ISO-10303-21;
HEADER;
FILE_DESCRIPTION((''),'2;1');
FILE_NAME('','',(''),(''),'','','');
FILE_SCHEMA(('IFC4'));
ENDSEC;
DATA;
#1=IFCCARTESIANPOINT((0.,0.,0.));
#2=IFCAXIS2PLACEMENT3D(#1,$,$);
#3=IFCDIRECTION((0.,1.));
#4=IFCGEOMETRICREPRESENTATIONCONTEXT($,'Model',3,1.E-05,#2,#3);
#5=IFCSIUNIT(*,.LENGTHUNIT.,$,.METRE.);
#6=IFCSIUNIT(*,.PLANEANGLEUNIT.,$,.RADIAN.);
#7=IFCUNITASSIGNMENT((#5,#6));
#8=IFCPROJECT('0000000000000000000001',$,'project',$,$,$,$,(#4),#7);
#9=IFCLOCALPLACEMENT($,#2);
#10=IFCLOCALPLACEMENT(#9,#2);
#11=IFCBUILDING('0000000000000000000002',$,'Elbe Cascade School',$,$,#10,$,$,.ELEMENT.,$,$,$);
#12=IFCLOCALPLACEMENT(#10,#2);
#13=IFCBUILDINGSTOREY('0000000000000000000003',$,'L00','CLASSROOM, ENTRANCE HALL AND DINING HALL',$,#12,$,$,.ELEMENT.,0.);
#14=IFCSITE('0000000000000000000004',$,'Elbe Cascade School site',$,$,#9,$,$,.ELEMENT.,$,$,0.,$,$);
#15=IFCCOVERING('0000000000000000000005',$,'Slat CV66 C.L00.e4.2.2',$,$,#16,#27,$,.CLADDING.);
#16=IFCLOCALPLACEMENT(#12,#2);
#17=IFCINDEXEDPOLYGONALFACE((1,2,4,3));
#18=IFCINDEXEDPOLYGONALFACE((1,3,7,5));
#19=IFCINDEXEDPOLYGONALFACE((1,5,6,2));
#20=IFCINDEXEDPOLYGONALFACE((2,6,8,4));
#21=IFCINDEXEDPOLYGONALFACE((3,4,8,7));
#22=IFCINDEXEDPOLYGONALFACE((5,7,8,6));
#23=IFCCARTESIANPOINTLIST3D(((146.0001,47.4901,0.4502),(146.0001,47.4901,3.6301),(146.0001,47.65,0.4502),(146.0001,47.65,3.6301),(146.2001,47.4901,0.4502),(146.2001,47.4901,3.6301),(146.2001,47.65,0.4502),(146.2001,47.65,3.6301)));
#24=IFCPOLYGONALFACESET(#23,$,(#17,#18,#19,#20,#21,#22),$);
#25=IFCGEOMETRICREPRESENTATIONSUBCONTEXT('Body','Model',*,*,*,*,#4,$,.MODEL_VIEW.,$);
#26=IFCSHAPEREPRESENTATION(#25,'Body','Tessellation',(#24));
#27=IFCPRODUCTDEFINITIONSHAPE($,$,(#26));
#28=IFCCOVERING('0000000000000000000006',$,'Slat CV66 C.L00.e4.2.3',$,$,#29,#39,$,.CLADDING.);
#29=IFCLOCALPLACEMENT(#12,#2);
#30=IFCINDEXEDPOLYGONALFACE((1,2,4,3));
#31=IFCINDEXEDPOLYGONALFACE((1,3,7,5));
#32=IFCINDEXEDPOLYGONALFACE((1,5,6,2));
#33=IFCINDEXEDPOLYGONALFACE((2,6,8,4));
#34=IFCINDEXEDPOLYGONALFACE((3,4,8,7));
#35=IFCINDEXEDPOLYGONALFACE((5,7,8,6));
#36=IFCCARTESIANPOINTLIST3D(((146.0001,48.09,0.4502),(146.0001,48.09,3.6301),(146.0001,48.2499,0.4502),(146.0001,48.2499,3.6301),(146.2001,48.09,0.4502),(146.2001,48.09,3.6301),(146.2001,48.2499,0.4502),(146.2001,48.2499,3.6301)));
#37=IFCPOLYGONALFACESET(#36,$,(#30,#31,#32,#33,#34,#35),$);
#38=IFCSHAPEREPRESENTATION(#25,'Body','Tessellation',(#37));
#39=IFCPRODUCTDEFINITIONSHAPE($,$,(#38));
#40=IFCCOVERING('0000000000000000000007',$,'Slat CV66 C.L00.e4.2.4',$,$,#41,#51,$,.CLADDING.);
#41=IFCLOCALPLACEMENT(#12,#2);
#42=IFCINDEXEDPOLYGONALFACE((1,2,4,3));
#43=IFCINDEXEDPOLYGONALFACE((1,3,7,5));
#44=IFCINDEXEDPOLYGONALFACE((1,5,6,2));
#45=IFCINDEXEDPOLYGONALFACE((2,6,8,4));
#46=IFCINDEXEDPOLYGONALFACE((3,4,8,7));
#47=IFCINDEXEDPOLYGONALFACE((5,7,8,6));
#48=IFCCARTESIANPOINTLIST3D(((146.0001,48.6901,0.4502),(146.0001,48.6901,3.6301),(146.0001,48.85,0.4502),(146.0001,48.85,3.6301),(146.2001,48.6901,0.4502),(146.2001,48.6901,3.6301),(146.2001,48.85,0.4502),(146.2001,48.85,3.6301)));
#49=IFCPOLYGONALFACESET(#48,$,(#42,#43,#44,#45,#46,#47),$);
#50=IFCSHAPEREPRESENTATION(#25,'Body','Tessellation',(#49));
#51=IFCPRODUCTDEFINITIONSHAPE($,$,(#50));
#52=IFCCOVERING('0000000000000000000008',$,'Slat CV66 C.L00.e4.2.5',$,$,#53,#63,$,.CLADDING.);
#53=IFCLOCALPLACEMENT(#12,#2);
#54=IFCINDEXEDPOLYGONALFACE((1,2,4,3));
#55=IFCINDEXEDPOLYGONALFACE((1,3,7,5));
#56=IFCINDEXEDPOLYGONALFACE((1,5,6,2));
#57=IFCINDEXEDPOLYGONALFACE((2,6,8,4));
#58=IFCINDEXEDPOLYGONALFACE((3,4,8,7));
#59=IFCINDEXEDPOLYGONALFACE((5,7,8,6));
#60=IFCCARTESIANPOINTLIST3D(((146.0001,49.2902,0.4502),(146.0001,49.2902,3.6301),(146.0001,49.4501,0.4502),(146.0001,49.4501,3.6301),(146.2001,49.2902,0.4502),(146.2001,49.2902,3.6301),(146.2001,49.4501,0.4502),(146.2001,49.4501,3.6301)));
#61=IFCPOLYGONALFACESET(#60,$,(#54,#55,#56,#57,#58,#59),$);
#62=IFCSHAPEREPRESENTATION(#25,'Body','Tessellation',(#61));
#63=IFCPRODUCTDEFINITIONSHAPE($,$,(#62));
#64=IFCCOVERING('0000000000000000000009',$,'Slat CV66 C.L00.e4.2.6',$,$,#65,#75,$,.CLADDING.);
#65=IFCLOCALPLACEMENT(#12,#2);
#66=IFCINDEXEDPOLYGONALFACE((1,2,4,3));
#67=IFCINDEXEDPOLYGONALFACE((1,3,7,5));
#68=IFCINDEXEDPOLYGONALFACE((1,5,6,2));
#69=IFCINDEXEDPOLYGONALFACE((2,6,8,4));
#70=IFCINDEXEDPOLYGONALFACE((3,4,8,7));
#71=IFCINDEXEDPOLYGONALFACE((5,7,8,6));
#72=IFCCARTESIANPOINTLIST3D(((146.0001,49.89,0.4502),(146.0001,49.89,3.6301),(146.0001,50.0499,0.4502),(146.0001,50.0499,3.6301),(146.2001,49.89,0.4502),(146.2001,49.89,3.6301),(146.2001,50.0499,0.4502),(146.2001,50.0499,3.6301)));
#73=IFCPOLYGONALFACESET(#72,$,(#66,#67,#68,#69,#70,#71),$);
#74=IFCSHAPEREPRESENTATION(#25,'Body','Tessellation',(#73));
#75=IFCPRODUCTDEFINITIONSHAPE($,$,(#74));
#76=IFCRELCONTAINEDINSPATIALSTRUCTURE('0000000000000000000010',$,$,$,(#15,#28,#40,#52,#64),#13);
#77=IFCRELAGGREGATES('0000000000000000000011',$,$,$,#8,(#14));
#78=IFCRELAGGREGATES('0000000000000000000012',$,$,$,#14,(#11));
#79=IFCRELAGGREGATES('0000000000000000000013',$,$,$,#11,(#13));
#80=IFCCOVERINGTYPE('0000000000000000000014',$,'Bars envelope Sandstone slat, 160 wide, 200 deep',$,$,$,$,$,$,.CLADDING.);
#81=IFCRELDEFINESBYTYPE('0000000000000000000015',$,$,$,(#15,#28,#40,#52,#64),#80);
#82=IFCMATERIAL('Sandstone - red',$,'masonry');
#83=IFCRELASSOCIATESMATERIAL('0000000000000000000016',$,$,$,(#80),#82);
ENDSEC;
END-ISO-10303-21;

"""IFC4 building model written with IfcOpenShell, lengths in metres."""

from ifc_helpers import new_model, si_unit, direction, frame, origin, origin_2d, place, context, subcontext, project, spatial, rectangle, extrude, material, type_object, element, save


model = new_model("IFC4")

# Units and contexts
model_context = context("Model", 3, precision=1e-05, world=origin(), true_north=direction((0.0, 1.0)))
body_context = subcontext(model_context, "Body", "Model", "MODEL_VIEW")
ifc_project = project(units=[si_unit("LENGTHUNIT", "METRE"), si_unit("PLANEANGLEUNIT", "RADIAN")], contexts=[model_context])

# Site, building, storey
site_placement = place(None, origin())
site = spatial("IfcSite", under=ifc_project, at=site_placement, Name="Elbe Cascade School site", CompositionType="ELEMENT", RefElevation=0.0)
building_placement = place(site_placement, origin())
building = spatial("IfcBuilding", under=site, at=building_placement, Name="Elbe Cascade School", CompositionType="ELEMENT")
storey_placement = place(building_placement, origin())
storey = spatial("IfcBuildingStorey", under=building, at=storey_placement, Name="L00", Description="CLASSROOM, ENTRANCE HALL AND DINING HALL", CompositionType="ELEMENT", Elevation=0.0)

# Coverings
ifc_material_1 = material(Name="Sandstone - red", Category="masonry")
covering_type_1 = type_object("IfcCoveringType", Name="Bars envelope Sandstone slat, 160 wide, 200 deep", PredefinedType="CLADDING", material=ifc_material_1)
for number, where, z_axis, x_axis, name in (
    (1, (146.1001, 47.5701, 0.4502), (0.0, 0.0, 1.0), (0.0, 1.0, 0.0), "Slat CV66 C.L00.e4.2.2"),
    (2, (146.1001, 48.1699, 0.4502), (0.0, 0.0, 1.0), (0.0, 1.0, 0.0), "Slat CV66 C.L00.e4.2.3"),
    (3, (146.1001, 48.77, 0.4502), (0.0, 0.0, 1.0), (0.0, 1.0, 0.0), "Slat CV66 C.L00.e4.2.4"),
    (4, (146.1001, 49.3701, 0.4502), (0.0, 0.0, 1.0), (0.0, 1.0, 0.0), "Slat CV66 C.L00.e4.2.5"),
    (5, (146.1001, 49.97, 0.4502), (0.0, 0.0, 1.0), (0.0, 1.0, 0.0), "Slat CV66 C.L00.e4.2.6"),
):
    element("IfcCovering", number, at=place(storey_placement, frame(where, z_axis=z_axis, x_axis=x_axis)), inside=storey, type_object=covering_type_1, Name=name, PredefinedType="CLADDING", context=body_context, shape_type="SweptSolid", body=[
        extrude(rectangle(XDim=0.1599, YDim=0.2, at=origin_2d()), origin(), (0.0, 0.0, 1.0), 3.1799),
    ])

save(model, "model.ifc")
